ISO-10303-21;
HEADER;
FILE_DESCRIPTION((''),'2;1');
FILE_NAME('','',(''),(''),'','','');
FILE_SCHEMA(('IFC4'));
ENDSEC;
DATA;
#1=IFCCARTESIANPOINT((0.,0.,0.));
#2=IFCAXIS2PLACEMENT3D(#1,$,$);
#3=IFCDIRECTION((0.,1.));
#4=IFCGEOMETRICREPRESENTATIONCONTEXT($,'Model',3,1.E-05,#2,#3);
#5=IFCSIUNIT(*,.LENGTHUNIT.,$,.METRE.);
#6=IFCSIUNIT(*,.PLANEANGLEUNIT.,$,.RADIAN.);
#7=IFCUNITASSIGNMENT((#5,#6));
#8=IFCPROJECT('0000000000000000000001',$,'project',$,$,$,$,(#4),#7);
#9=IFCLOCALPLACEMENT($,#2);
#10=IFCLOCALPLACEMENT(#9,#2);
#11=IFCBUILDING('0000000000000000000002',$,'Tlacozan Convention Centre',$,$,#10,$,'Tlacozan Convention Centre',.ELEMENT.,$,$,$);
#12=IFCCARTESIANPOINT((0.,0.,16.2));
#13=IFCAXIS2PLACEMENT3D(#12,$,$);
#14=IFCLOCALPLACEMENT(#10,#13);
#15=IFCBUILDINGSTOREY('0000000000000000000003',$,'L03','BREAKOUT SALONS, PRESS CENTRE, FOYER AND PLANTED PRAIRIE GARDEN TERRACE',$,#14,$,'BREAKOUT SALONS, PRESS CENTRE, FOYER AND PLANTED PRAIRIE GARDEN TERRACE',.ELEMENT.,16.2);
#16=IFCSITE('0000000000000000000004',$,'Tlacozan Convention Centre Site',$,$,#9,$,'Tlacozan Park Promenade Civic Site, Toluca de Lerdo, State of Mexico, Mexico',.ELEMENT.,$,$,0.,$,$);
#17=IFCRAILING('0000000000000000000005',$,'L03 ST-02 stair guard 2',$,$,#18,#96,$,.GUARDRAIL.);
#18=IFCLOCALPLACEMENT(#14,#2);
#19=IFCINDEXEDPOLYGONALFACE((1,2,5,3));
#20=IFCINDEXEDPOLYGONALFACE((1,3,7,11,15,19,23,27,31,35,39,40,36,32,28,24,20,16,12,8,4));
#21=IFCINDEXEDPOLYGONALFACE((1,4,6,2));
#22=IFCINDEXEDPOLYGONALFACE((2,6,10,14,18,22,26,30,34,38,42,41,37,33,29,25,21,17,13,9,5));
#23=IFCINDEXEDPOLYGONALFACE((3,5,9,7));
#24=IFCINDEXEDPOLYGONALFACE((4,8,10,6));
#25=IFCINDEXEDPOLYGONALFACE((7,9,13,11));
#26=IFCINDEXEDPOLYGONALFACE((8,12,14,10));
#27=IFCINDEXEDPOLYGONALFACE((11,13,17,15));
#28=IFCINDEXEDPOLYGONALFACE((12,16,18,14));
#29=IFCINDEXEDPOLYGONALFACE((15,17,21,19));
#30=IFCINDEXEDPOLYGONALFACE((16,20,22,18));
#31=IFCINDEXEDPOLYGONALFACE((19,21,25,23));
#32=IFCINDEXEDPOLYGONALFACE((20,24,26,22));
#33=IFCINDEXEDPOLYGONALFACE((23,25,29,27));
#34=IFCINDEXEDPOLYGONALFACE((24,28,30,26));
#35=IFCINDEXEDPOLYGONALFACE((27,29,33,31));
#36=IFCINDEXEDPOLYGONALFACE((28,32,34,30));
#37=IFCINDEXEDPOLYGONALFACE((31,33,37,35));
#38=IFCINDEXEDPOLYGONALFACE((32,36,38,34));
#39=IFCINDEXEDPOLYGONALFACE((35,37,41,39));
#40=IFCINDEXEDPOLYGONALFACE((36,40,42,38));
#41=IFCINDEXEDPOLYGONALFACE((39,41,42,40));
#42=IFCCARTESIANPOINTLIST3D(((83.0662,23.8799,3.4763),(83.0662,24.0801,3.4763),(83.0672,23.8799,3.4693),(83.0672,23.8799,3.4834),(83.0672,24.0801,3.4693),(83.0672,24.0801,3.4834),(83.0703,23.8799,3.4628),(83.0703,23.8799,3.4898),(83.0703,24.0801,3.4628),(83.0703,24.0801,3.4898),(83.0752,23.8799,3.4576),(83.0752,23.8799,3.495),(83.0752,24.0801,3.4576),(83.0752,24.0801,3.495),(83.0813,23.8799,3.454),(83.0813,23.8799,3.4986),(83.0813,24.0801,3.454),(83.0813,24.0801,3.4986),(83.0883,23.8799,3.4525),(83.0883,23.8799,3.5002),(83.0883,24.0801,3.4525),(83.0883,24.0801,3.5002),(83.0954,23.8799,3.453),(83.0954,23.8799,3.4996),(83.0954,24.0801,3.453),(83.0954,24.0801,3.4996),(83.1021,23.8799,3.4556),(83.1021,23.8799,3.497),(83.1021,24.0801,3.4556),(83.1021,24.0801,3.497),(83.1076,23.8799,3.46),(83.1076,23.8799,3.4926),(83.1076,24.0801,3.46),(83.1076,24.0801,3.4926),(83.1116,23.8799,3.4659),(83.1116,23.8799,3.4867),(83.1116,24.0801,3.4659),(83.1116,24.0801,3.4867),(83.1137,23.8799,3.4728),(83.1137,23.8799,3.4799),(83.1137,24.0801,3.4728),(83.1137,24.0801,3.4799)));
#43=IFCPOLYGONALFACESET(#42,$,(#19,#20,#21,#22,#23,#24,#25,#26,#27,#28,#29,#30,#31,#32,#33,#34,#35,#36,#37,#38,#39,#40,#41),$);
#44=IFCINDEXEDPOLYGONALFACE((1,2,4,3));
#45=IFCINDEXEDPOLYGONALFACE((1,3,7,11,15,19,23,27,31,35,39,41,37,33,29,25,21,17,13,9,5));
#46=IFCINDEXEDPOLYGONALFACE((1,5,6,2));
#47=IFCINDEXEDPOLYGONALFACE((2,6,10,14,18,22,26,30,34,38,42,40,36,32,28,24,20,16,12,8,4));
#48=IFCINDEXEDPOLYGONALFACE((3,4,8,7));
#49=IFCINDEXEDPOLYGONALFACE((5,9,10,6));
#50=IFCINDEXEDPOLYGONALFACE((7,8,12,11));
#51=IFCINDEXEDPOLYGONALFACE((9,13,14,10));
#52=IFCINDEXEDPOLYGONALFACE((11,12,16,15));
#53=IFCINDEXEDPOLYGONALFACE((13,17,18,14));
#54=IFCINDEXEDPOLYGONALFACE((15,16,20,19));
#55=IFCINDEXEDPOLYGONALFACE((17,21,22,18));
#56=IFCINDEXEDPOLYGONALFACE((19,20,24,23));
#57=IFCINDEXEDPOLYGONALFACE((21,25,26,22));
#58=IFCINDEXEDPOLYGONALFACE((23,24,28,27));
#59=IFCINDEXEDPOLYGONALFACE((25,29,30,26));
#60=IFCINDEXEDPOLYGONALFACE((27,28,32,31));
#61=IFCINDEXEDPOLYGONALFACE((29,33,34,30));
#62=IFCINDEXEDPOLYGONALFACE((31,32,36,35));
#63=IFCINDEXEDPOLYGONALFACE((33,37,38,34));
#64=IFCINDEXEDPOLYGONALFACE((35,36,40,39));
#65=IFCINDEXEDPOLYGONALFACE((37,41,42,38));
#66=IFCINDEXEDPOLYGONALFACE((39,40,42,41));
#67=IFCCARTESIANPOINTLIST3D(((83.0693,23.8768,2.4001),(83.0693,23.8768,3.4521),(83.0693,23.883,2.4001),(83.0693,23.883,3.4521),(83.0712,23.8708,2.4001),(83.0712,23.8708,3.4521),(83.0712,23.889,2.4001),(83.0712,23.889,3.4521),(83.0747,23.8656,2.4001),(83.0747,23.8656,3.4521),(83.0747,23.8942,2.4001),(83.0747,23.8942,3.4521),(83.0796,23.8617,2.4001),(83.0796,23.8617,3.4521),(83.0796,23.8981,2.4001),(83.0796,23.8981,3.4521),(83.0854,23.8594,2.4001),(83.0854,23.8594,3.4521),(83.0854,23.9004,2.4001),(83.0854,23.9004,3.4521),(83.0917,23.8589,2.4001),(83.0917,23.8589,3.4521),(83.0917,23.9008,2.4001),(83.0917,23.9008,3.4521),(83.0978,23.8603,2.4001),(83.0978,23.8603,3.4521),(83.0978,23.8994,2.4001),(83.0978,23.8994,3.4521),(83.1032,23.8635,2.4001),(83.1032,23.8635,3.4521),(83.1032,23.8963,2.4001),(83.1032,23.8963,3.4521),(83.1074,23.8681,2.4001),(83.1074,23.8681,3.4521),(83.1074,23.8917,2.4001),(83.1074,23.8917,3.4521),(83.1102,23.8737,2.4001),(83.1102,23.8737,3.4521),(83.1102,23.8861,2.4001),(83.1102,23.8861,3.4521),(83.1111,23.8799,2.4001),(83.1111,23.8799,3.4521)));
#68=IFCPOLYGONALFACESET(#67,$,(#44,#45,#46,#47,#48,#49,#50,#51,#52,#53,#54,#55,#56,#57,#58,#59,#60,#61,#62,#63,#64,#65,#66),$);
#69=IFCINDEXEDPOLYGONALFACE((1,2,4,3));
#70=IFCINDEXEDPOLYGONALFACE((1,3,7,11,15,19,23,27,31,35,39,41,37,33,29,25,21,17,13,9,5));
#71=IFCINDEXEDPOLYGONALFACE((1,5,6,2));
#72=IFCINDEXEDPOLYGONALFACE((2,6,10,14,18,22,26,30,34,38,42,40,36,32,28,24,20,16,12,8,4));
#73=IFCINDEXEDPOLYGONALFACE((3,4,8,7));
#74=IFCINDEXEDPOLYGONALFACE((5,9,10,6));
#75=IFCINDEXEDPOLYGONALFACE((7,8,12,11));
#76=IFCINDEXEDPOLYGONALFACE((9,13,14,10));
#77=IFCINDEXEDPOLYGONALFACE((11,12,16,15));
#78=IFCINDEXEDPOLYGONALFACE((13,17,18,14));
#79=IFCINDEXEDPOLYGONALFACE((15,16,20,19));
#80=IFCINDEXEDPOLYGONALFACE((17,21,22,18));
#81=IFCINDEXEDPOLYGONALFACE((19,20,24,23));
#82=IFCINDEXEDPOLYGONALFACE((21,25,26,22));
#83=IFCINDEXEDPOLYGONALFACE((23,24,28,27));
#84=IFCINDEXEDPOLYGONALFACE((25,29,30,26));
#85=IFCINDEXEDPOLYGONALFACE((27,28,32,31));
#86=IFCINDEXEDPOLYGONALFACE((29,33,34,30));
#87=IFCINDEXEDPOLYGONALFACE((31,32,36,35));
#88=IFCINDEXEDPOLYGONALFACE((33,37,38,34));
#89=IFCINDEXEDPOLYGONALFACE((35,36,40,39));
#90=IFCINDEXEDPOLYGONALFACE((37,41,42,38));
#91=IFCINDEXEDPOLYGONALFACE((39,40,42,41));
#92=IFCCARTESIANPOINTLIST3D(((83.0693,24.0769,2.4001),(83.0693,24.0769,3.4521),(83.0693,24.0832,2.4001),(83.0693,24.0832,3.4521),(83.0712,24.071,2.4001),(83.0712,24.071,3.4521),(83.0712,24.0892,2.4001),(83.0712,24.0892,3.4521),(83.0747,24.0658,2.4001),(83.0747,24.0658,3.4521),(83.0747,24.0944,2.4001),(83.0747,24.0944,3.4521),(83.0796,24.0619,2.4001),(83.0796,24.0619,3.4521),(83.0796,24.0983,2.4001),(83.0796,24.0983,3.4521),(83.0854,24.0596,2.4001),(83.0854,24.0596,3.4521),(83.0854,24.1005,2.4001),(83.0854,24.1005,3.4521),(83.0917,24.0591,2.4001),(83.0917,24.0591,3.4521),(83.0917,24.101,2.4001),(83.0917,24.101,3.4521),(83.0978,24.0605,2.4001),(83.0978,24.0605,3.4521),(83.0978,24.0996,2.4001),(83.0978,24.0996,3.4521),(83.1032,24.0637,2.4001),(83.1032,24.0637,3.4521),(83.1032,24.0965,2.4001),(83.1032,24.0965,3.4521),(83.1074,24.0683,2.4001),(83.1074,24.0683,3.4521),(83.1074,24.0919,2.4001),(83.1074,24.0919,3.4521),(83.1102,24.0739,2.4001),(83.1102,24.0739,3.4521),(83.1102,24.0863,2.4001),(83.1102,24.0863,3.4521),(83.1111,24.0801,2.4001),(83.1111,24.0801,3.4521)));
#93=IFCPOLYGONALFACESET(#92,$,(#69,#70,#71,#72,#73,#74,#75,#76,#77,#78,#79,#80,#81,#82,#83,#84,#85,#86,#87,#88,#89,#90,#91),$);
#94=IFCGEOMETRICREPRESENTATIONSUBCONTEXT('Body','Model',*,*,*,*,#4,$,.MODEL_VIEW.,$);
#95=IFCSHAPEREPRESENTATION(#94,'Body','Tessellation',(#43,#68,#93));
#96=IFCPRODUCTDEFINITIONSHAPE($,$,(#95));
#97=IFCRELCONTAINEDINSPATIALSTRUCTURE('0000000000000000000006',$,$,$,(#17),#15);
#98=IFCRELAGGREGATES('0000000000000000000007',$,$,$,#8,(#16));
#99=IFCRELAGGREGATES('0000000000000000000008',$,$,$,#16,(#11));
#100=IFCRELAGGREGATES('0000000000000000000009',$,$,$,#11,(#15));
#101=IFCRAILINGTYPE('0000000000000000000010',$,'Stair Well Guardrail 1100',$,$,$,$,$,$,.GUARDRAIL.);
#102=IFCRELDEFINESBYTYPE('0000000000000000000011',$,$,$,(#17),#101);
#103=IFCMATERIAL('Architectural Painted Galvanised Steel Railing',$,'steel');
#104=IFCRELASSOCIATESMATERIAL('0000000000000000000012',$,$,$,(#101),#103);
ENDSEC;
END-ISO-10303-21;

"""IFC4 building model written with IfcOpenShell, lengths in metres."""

from ifc_helpers import new_model, si_unit, direction, frame, origin, origin_2d, place, context, subcontext, project, spatial, circle, extrude, material, type_object, element, save


model = new_model("IFC4")

# Units and contexts
model_context = context("Model", 3, precision=1e-05, world=origin(), true_north=direction((0.0, 1.0)))
body_context = subcontext(model_context, "Body", "Model", "MODEL_VIEW")
ifc_project = project(units=[si_unit("LENGTHUNIT", "METRE"), si_unit("PLANEANGLEUNIT", "RADIAN")], contexts=[model_context])

# Site, building, storey
site_placement = place(None, origin())
site = spatial("IfcSite", under=ifc_project, at=site_placement, Name="Tlacozan Convention Centre Site", LongName="Tlacozan Park Promenade Civic Site, Toluca de Lerdo, State of Mexico, Mexico", CompositionType="ELEMENT", RefElevation=0.0)
building_placement = place(site_placement, origin())
building = spatial("IfcBuilding", under=site, at=building_placement, Name="Tlacozan Convention Centre", LongName="Tlacozan Convention Centre", CompositionType="ELEMENT")
storey_placement = place(building_placement, frame((0.0, 0.0, 16.2)))
storey = spatial("IfcBuildingStorey", under=building, at=storey_placement, Name="L03", Description="BREAKOUT SALONS, PRESS CENTRE, FOYER AND PLANTED PRAIRIE GARDEN TERRACE", LongName="BREAKOUT SALONS, PRESS CENTRE, FOYER AND PLANTED PRAIRIE GARDEN TERRACE", CompositionType="ELEMENT", Elevation=16.2)

# Railing
ifc_material_1 = material(Name="Architectural Painted Galvanised Steel Railing", Category="steel")
railing_type_1 = type_object("IfcRailingType", Name="Stair Well Guardrail 1100", PredefinedType="GUARDRAIL", material=ifc_material_1)
railing_1_placement = place(storey_placement, frame((83.0901, 23.8799, 2.4001)))
element("IfcRailing", 1, at=railing_1_placement, inside=storey, type_object=railing_type_1, Name="L03 ST-02 stair guard 2", PredefinedType="GUARDRAIL", context=body_context, shape_type="SweptSolid", body=[
    extrude(circle(Radius=0.0239, at=origin_2d()), frame((0.0, 0.0, 1.0762), z_axis=(0.0, 1.0, 0.0), x_axis=(-1.0, 0.0, 0.0)), (0.0, 0.0, 1.0), 0.2002),
    extrude(circle(Radius=0.021, at=origin_2d()), origin(), (0.0, 0.0, 1.0), 1.052),
    extrude(circle(Radius=0.021, at=origin_2d()), frame((0.0, 0.2002, 0.0)), (0.0, 0.0, 1.0), 1.052),
])

save(model, "model.ifc")
